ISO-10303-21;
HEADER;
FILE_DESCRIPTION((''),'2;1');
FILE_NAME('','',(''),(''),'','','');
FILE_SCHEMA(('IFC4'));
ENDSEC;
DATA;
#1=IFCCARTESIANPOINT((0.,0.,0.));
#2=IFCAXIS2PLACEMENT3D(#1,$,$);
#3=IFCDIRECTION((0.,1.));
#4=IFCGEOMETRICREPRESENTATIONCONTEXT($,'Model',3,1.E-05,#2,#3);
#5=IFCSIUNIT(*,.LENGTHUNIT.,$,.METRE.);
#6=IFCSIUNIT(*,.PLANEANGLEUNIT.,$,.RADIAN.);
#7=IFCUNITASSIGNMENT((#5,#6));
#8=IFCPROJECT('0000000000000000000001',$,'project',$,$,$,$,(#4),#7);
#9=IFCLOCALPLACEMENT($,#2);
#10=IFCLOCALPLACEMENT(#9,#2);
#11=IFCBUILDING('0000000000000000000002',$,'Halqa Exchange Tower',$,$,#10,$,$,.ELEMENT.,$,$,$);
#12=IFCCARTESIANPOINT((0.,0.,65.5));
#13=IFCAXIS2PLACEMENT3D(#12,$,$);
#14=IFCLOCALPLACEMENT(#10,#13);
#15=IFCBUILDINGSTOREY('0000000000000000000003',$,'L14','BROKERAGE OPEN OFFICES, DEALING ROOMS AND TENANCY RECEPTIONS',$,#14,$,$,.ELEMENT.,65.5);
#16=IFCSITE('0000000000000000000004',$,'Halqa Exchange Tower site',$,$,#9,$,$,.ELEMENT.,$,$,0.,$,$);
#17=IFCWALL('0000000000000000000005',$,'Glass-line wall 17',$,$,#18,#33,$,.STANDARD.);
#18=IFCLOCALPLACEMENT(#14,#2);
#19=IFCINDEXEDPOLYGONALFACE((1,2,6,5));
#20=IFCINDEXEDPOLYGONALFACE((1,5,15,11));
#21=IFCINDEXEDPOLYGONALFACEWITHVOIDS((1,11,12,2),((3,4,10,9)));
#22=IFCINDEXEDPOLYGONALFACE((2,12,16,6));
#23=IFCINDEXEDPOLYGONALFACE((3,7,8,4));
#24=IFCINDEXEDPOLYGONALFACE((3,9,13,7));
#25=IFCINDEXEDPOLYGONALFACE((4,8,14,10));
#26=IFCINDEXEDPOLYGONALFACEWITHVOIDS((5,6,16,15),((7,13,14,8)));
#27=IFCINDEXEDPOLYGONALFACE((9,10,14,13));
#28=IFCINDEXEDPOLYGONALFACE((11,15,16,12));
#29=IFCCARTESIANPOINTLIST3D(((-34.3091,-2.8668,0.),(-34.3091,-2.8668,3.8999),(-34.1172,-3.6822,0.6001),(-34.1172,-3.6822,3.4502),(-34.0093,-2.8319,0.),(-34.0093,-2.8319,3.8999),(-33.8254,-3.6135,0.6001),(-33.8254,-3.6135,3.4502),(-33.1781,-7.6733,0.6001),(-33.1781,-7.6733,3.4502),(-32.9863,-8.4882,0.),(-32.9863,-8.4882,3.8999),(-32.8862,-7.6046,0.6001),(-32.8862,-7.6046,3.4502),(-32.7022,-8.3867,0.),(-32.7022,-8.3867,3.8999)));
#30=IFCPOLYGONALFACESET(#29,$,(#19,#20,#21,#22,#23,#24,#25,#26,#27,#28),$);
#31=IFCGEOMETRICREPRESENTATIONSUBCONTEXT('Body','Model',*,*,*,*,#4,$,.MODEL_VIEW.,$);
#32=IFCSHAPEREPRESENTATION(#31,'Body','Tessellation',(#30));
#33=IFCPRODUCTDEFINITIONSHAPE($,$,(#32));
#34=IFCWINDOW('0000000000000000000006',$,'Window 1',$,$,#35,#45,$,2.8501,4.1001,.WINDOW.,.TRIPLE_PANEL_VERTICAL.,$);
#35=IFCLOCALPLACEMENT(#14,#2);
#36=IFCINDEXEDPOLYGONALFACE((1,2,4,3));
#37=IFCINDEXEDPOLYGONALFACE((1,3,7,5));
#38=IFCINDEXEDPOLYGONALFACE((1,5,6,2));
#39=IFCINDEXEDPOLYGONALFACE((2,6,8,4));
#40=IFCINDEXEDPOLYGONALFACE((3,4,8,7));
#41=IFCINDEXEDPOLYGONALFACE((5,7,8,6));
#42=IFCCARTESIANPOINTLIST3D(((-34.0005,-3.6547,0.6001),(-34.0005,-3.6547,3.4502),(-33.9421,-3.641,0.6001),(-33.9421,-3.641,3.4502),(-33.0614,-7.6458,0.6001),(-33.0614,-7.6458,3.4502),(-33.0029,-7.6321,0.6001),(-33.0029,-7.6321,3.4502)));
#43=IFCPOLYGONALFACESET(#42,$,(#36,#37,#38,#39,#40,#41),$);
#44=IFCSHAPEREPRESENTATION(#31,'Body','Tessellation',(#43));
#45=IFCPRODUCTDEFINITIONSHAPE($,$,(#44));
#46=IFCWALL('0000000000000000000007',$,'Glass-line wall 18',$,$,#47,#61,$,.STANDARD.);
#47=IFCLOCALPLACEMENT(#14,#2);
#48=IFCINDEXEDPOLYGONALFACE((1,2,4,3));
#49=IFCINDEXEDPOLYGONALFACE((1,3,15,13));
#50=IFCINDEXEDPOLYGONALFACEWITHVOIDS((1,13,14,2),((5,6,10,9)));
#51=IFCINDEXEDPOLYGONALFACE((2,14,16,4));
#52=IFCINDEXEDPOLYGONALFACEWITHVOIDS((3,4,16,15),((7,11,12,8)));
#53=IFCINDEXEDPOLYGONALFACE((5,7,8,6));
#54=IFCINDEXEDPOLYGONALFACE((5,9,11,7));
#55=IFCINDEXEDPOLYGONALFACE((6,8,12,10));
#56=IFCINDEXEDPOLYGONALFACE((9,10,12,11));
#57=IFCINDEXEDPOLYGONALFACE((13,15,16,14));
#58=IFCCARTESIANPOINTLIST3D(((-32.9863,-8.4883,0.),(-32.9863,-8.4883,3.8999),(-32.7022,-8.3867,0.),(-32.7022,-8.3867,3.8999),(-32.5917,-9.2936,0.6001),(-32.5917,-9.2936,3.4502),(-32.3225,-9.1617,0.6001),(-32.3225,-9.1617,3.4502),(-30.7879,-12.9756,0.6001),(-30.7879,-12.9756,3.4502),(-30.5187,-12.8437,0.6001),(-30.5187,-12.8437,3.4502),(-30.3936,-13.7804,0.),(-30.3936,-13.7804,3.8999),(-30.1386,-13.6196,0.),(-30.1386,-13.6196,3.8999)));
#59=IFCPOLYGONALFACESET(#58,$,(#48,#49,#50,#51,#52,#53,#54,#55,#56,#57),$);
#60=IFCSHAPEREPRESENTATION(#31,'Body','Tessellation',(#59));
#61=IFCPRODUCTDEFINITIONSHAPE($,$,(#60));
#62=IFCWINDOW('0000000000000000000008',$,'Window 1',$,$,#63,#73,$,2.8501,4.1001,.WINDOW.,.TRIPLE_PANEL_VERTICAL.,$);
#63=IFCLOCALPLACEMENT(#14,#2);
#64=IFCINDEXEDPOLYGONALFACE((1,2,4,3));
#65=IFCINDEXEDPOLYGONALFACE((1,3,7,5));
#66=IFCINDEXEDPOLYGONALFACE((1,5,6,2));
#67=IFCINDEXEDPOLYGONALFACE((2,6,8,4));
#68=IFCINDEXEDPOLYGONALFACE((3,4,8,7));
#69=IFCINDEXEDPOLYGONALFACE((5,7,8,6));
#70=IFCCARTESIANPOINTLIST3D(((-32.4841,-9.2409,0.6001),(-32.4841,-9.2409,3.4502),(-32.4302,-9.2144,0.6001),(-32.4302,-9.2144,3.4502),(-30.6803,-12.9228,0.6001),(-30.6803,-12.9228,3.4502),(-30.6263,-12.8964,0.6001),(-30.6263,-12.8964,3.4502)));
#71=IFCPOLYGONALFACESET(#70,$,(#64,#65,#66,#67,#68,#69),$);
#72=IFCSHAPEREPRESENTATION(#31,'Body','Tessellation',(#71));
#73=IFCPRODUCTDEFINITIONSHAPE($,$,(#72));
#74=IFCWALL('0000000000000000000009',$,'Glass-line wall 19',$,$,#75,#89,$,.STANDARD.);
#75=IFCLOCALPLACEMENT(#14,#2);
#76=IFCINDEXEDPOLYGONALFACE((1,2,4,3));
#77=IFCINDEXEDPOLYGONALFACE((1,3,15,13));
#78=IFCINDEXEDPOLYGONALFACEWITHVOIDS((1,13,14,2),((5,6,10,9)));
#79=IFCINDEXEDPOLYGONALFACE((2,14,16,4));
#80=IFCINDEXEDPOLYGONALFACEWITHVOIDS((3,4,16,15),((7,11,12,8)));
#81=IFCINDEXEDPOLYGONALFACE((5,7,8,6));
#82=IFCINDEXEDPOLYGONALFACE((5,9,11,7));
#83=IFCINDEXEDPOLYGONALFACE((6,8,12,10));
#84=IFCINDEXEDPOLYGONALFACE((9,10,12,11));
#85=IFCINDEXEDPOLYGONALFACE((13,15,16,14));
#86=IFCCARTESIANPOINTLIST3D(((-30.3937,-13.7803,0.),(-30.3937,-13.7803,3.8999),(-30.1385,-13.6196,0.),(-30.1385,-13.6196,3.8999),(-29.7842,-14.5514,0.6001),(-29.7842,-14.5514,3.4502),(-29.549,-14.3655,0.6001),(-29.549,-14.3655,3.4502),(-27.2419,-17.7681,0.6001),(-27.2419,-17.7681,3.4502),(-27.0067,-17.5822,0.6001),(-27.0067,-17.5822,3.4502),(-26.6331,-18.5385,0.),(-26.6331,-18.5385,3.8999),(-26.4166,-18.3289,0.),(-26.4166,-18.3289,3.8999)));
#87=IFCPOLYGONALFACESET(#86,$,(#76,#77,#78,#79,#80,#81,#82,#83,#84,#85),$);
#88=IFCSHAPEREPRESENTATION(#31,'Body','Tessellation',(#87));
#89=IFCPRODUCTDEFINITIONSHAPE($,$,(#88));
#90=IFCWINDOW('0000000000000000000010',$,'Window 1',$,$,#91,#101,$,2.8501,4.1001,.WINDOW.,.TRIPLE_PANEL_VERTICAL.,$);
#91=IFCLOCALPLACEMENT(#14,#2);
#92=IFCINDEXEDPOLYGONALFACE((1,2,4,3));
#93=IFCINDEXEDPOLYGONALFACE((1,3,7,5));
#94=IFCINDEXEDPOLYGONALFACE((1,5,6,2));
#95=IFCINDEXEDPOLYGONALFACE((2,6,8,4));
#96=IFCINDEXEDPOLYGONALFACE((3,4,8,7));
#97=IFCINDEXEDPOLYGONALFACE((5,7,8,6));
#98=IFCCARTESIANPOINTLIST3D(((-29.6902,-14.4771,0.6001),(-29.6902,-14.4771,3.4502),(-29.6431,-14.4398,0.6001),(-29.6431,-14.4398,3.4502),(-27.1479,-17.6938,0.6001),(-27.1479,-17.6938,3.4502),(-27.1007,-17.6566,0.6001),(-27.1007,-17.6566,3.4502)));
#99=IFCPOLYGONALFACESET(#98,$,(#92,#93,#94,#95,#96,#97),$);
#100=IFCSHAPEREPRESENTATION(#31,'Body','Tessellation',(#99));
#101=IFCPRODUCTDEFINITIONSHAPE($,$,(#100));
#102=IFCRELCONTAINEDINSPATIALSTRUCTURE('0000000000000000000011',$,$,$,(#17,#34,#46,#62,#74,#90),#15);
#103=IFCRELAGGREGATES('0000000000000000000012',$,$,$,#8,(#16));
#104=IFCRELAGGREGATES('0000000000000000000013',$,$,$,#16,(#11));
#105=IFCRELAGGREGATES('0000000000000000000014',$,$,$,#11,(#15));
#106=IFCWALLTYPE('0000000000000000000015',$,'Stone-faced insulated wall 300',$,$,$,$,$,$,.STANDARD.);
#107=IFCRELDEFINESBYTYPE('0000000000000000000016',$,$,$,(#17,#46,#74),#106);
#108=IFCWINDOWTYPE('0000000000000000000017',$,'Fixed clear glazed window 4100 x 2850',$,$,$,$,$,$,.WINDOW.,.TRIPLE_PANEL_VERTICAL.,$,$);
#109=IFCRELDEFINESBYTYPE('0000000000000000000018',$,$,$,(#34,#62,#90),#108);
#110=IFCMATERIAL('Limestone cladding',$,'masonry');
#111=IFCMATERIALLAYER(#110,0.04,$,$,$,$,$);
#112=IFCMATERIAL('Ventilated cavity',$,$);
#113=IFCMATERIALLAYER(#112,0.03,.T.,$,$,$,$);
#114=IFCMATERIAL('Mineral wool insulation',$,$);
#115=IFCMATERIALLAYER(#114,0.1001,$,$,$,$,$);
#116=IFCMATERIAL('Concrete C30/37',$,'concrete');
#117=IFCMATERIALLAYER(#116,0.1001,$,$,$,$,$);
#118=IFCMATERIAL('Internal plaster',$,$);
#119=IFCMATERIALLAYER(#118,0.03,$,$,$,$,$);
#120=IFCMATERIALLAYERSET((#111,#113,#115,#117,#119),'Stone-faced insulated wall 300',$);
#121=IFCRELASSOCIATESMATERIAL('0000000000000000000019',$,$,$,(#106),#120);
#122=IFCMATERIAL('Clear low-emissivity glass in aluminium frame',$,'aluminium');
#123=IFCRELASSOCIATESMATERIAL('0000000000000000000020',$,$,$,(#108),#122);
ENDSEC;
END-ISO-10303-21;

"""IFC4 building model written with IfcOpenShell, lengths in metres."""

from ifc_helpers import new_model, si_unit, direction, frame, frame_2d, origin, place, context, subcontext, project, spatial, polyline, rectangle, outline, extrude, material, layer, layer_set, type_object, element, fill, save


model = new_model("IFC4")

# Units and contexts
model_context = context("Model", 3, precision=1e-05, world=origin(), true_north=direction((0.0, 1.0)))
body_context = subcontext(model_context, "Body", "Model", "MODEL_VIEW")
ifc_project = project(units=[si_unit("LENGTHUNIT", "METRE"), si_unit("PLANEANGLEUNIT", "RADIAN")], contexts=[model_context])

# Site, building, storey
site_placement = place(None, origin())
site = spatial("IfcSite", under=ifc_project, at=site_placement, Name="Halqa Exchange Tower site", CompositionType="ELEMENT", RefElevation=0.0)
building_placement = place(site_placement, origin())
building = spatial("IfcBuilding", under=site, at=building_placement, Name="Halqa Exchange Tower", CompositionType="ELEMENT")
storey_placement = place(building_placement, frame((0.0, 0.0, 65.5)))
storey = spatial("IfcBuildingStorey", under=building, at=storey_placement, Name="L14", Description="BROKERAGE OPEN OFFICES, DEALING ROOMS AND TENANCY RECEPTIONS", CompositionType="ELEMENT", Elevation=65.5)

# Walls, openings, windows
ifc_material_1 = material(Name="Limestone cladding", Category="masonry")
ifc_layer_1 = layer(ifc_material_1, 0.04)
ifc_material_2 = material(Name="Ventilated cavity")
ifc_layer_2 = layer(ifc_material_2, 0.03, ventilated=True)
ifc_material_3 = material(Name="Mineral wool insulation")
ifc_layer_3 = layer(ifc_material_3, 0.1001)
ifc_material_4 = material(Name="Concrete C30/37", Category="concrete")
ifc_layer_4 = layer(ifc_material_4, 0.1001)
ifc_material_5 = material(Name="Internal plaster")
ifc_layer_5 = layer(ifc_material_5, 0.03)
ifc_layer_set_1 = layer_set([ifc_layer_1, ifc_layer_2, ifc_layer_3, ifc_layer_4, ifc_layer_5], Name="Stone-faced insulated wall 300")
wall_type_1 = type_object("IfcWallType", Name="Stone-faced insulated wall 300", PredefinedType="STANDARD", material=ifc_layer_set_1)
wall_1_placement = place(storey_placement, frame((-34.1592, -2.8494, 0.0), z_axis=(0.0, 0.0, 1.0), x_axis=(0.229054, -0.973414, 0.0)))
wall_1 = element("IfcWall", 1, at=wall_1_placement, inside=storey, type_object=wall_type_1, Name="Glass-line wall 17", PredefinedType="STANDARD", context=body_context, shape_type="SweptSolid", body=[
    extrude(outline(polyline([(-0.0173, -0.1499), (5.7576, -0.1499), (5.7239, 0.1499), (0.0173, 0.1499), (-0.0173, -0.1499)])), origin(), (0.0, 0.0, 1.0), 3.8999),
])
opening_1_placement = place(wall_1_placement, frame((0.8203, 0.0, 0.6001)))
opening_1 = element("IfcOpeningElement", 2, at=opening_1_placement, cuts=wall_1, PredefinedType="OPENING", context=body_context, shape_type="SweptSolid", body=[
    extrude(rectangle(XDim=4.1001, YDim=2.8501, at=frame_2d((2.05, 1.425))), frame((0.0, 0.1621, 0.0), z_axis=(0.0, -1.0, 0.0), x_axis=(1.0, 0.0, 0.0)), (0.0, 0.0, 1.0), 0.324),
])
ifc_material_6 = material(Name="Clear low-emissivity glass in aluminium frame", Category="aluminium")
window_type = type_object("IfcWindowType", Name="Fixed clear glazed window 4100 x 2850", PartitioningType="TRIPLE_PANEL_VERTICAL", PredefinedType="WINDOW", material=ifc_material_6)
window_1_placement = place(opening_1_placement, origin())
window_1 = element("IfcWindow", 3, at=window_1_placement, inside=storey, type_object=window_type, Name="Window 1", OverallHeight=2.8501, OverallWidth=4.1001, PartitioningType="TRIPLE_PANEL_VERTICAL", PredefinedType="WINDOW", context=body_context, shape_type="SweptSolid", body=[
    extrude(rectangle(XDim=4.1001, YDim=2.8501, at=frame_2d((2.05, 1.425))), frame((0.0, 0.03, 0.0), z_axis=(0.0, -1.0, 0.0), x_axis=(1.0, 0.0, 0.0)), (0.0, 0.0, 1.0), 0.0601),
])
fill(opening_1, window_1)
wall_2_placement = place(storey_placement, frame((-32.8442, -8.4375, 0.0), z_axis=(0.0, 0.0, 1.0), x_axis=(0.43995, -0.898022, 0.0)))
wall_2 = element("IfcWall", 4, at=wall_2_placement, inside=storey, type_object=wall_type_1, Name="Glass-line wall 18", PredefinedType="STANDARD", context=body_context, shape_type="SweptSolid", body=[
    extrude(outline(polyline([(-0.0168, -0.1499), (5.8762, -0.1499), (5.844, 0.1499), (0.0168, 0.1499), (-0.0168, -0.1499)])), origin(), (0.0, 0.0, 1.0), 3.8999),
])
opening_2_placement = place(wall_2_placement, frame((0.8799, 0.0, 0.6001)))
opening_2 = element("IfcOpeningElement", 5, at=opening_2_placement, cuts=wall_2, PredefinedType="OPENING", context=body_context, shape_type="SweptSolid", body=[
    extrude(rectangle(XDim=4.1001, YDim=2.8501, at=frame_2d((2.05, 1.425))), frame((0.0, 0.1621, 0.0), z_axis=(0.0, -1.0, 0.0), x_axis=(1.0, 0.0, 0.0)), (0.0, 0.0, 1.0), 0.324),
])
window_2_placement = place(opening_2_placement, origin())
window_2 = element("IfcWindow", 6, at=window_2_placement, inside=storey, type_object=window_type, Name="Window 1", OverallHeight=2.8501, OverallWidth=4.1001, PartitioningType="TRIPLE_PANEL_VERTICAL", PredefinedType="WINDOW", context=body_context, shape_type="SweptSolid", body=[
    extrude(rectangle(XDim=4.1001, YDim=2.8501, at=frame_2d((2.05, 1.425))), frame((0.0, 0.03, 0.0), z_axis=(0.0, -1.0, 0.0), x_axis=(1.0, 0.0, 0.0)), (0.0, 0.0, 1.0), 0.0601),
])
fill(opening_2, window_2)
wall_3_placement = place(storey_placement, frame((-30.2661, -13.7, 0.0), z_axis=(0.0, 0.0, 1.0), x_axis=(0.620065, -0.78455, 0.0)))
wall_3 = element("IfcWall", 7, at=wall_3_placement, inside=storey, type_object=wall_type_1, Name="Glass-line wall 19", PredefinedType="STANDARD", context=body_context, shape_type="SweptSolid", body=[
    extrude(outline(polyline([(-0.0161, -0.1499), (6.0488, -0.1499), (6.0186, 0.1499), (0.0161, 0.1499), (-0.0161, -0.1499)])), origin(), (0.0, 0.0, 1.0), 3.8999),
])
opening_3_placement = place(wall_3_placement, frame((0.9668, 0.0, 0.6001)))
opening_3 = element("IfcOpeningElement", 8, at=opening_3_placement, cuts=wall_3, PredefinedType="OPENING", context=body_context, shape_type="SweptSolid", body=[
    extrude(rectangle(XDim=4.1001, YDim=2.8501, at=frame_2d((2.05, 1.425))), frame((0.0, 0.1621, 0.0), z_axis=(0.0, -1.0, 0.0), x_axis=(1.0, 0.0, 0.0)), (0.0, 0.0, 1.0), 0.324),
])
window_3_placement = place(opening_3_placement, origin())
window_3 = element("IfcWindow", 9, at=window_3_placement, inside=storey, type_object=window_type, Name="Window 1", OverallHeight=2.8501, OverallWidth=4.1001, PartitioningType="TRIPLE_PANEL_VERTICAL", PredefinedType="WINDOW", context=body_context, shape_type="SweptSolid", body=[
    extrude(rectangle(XDim=4.1001, YDim=2.8501, at=frame_2d((2.05, 1.425))), frame((0.0, 0.03, 0.0), z_axis=(0.0, -1.0, 0.0), x_axis=(1.0, 0.0, 0.0)), (0.0, 0.0, 1.0), 0.0601),
])
fill(opening_3, window_3)

save(model, "model.ifc")
